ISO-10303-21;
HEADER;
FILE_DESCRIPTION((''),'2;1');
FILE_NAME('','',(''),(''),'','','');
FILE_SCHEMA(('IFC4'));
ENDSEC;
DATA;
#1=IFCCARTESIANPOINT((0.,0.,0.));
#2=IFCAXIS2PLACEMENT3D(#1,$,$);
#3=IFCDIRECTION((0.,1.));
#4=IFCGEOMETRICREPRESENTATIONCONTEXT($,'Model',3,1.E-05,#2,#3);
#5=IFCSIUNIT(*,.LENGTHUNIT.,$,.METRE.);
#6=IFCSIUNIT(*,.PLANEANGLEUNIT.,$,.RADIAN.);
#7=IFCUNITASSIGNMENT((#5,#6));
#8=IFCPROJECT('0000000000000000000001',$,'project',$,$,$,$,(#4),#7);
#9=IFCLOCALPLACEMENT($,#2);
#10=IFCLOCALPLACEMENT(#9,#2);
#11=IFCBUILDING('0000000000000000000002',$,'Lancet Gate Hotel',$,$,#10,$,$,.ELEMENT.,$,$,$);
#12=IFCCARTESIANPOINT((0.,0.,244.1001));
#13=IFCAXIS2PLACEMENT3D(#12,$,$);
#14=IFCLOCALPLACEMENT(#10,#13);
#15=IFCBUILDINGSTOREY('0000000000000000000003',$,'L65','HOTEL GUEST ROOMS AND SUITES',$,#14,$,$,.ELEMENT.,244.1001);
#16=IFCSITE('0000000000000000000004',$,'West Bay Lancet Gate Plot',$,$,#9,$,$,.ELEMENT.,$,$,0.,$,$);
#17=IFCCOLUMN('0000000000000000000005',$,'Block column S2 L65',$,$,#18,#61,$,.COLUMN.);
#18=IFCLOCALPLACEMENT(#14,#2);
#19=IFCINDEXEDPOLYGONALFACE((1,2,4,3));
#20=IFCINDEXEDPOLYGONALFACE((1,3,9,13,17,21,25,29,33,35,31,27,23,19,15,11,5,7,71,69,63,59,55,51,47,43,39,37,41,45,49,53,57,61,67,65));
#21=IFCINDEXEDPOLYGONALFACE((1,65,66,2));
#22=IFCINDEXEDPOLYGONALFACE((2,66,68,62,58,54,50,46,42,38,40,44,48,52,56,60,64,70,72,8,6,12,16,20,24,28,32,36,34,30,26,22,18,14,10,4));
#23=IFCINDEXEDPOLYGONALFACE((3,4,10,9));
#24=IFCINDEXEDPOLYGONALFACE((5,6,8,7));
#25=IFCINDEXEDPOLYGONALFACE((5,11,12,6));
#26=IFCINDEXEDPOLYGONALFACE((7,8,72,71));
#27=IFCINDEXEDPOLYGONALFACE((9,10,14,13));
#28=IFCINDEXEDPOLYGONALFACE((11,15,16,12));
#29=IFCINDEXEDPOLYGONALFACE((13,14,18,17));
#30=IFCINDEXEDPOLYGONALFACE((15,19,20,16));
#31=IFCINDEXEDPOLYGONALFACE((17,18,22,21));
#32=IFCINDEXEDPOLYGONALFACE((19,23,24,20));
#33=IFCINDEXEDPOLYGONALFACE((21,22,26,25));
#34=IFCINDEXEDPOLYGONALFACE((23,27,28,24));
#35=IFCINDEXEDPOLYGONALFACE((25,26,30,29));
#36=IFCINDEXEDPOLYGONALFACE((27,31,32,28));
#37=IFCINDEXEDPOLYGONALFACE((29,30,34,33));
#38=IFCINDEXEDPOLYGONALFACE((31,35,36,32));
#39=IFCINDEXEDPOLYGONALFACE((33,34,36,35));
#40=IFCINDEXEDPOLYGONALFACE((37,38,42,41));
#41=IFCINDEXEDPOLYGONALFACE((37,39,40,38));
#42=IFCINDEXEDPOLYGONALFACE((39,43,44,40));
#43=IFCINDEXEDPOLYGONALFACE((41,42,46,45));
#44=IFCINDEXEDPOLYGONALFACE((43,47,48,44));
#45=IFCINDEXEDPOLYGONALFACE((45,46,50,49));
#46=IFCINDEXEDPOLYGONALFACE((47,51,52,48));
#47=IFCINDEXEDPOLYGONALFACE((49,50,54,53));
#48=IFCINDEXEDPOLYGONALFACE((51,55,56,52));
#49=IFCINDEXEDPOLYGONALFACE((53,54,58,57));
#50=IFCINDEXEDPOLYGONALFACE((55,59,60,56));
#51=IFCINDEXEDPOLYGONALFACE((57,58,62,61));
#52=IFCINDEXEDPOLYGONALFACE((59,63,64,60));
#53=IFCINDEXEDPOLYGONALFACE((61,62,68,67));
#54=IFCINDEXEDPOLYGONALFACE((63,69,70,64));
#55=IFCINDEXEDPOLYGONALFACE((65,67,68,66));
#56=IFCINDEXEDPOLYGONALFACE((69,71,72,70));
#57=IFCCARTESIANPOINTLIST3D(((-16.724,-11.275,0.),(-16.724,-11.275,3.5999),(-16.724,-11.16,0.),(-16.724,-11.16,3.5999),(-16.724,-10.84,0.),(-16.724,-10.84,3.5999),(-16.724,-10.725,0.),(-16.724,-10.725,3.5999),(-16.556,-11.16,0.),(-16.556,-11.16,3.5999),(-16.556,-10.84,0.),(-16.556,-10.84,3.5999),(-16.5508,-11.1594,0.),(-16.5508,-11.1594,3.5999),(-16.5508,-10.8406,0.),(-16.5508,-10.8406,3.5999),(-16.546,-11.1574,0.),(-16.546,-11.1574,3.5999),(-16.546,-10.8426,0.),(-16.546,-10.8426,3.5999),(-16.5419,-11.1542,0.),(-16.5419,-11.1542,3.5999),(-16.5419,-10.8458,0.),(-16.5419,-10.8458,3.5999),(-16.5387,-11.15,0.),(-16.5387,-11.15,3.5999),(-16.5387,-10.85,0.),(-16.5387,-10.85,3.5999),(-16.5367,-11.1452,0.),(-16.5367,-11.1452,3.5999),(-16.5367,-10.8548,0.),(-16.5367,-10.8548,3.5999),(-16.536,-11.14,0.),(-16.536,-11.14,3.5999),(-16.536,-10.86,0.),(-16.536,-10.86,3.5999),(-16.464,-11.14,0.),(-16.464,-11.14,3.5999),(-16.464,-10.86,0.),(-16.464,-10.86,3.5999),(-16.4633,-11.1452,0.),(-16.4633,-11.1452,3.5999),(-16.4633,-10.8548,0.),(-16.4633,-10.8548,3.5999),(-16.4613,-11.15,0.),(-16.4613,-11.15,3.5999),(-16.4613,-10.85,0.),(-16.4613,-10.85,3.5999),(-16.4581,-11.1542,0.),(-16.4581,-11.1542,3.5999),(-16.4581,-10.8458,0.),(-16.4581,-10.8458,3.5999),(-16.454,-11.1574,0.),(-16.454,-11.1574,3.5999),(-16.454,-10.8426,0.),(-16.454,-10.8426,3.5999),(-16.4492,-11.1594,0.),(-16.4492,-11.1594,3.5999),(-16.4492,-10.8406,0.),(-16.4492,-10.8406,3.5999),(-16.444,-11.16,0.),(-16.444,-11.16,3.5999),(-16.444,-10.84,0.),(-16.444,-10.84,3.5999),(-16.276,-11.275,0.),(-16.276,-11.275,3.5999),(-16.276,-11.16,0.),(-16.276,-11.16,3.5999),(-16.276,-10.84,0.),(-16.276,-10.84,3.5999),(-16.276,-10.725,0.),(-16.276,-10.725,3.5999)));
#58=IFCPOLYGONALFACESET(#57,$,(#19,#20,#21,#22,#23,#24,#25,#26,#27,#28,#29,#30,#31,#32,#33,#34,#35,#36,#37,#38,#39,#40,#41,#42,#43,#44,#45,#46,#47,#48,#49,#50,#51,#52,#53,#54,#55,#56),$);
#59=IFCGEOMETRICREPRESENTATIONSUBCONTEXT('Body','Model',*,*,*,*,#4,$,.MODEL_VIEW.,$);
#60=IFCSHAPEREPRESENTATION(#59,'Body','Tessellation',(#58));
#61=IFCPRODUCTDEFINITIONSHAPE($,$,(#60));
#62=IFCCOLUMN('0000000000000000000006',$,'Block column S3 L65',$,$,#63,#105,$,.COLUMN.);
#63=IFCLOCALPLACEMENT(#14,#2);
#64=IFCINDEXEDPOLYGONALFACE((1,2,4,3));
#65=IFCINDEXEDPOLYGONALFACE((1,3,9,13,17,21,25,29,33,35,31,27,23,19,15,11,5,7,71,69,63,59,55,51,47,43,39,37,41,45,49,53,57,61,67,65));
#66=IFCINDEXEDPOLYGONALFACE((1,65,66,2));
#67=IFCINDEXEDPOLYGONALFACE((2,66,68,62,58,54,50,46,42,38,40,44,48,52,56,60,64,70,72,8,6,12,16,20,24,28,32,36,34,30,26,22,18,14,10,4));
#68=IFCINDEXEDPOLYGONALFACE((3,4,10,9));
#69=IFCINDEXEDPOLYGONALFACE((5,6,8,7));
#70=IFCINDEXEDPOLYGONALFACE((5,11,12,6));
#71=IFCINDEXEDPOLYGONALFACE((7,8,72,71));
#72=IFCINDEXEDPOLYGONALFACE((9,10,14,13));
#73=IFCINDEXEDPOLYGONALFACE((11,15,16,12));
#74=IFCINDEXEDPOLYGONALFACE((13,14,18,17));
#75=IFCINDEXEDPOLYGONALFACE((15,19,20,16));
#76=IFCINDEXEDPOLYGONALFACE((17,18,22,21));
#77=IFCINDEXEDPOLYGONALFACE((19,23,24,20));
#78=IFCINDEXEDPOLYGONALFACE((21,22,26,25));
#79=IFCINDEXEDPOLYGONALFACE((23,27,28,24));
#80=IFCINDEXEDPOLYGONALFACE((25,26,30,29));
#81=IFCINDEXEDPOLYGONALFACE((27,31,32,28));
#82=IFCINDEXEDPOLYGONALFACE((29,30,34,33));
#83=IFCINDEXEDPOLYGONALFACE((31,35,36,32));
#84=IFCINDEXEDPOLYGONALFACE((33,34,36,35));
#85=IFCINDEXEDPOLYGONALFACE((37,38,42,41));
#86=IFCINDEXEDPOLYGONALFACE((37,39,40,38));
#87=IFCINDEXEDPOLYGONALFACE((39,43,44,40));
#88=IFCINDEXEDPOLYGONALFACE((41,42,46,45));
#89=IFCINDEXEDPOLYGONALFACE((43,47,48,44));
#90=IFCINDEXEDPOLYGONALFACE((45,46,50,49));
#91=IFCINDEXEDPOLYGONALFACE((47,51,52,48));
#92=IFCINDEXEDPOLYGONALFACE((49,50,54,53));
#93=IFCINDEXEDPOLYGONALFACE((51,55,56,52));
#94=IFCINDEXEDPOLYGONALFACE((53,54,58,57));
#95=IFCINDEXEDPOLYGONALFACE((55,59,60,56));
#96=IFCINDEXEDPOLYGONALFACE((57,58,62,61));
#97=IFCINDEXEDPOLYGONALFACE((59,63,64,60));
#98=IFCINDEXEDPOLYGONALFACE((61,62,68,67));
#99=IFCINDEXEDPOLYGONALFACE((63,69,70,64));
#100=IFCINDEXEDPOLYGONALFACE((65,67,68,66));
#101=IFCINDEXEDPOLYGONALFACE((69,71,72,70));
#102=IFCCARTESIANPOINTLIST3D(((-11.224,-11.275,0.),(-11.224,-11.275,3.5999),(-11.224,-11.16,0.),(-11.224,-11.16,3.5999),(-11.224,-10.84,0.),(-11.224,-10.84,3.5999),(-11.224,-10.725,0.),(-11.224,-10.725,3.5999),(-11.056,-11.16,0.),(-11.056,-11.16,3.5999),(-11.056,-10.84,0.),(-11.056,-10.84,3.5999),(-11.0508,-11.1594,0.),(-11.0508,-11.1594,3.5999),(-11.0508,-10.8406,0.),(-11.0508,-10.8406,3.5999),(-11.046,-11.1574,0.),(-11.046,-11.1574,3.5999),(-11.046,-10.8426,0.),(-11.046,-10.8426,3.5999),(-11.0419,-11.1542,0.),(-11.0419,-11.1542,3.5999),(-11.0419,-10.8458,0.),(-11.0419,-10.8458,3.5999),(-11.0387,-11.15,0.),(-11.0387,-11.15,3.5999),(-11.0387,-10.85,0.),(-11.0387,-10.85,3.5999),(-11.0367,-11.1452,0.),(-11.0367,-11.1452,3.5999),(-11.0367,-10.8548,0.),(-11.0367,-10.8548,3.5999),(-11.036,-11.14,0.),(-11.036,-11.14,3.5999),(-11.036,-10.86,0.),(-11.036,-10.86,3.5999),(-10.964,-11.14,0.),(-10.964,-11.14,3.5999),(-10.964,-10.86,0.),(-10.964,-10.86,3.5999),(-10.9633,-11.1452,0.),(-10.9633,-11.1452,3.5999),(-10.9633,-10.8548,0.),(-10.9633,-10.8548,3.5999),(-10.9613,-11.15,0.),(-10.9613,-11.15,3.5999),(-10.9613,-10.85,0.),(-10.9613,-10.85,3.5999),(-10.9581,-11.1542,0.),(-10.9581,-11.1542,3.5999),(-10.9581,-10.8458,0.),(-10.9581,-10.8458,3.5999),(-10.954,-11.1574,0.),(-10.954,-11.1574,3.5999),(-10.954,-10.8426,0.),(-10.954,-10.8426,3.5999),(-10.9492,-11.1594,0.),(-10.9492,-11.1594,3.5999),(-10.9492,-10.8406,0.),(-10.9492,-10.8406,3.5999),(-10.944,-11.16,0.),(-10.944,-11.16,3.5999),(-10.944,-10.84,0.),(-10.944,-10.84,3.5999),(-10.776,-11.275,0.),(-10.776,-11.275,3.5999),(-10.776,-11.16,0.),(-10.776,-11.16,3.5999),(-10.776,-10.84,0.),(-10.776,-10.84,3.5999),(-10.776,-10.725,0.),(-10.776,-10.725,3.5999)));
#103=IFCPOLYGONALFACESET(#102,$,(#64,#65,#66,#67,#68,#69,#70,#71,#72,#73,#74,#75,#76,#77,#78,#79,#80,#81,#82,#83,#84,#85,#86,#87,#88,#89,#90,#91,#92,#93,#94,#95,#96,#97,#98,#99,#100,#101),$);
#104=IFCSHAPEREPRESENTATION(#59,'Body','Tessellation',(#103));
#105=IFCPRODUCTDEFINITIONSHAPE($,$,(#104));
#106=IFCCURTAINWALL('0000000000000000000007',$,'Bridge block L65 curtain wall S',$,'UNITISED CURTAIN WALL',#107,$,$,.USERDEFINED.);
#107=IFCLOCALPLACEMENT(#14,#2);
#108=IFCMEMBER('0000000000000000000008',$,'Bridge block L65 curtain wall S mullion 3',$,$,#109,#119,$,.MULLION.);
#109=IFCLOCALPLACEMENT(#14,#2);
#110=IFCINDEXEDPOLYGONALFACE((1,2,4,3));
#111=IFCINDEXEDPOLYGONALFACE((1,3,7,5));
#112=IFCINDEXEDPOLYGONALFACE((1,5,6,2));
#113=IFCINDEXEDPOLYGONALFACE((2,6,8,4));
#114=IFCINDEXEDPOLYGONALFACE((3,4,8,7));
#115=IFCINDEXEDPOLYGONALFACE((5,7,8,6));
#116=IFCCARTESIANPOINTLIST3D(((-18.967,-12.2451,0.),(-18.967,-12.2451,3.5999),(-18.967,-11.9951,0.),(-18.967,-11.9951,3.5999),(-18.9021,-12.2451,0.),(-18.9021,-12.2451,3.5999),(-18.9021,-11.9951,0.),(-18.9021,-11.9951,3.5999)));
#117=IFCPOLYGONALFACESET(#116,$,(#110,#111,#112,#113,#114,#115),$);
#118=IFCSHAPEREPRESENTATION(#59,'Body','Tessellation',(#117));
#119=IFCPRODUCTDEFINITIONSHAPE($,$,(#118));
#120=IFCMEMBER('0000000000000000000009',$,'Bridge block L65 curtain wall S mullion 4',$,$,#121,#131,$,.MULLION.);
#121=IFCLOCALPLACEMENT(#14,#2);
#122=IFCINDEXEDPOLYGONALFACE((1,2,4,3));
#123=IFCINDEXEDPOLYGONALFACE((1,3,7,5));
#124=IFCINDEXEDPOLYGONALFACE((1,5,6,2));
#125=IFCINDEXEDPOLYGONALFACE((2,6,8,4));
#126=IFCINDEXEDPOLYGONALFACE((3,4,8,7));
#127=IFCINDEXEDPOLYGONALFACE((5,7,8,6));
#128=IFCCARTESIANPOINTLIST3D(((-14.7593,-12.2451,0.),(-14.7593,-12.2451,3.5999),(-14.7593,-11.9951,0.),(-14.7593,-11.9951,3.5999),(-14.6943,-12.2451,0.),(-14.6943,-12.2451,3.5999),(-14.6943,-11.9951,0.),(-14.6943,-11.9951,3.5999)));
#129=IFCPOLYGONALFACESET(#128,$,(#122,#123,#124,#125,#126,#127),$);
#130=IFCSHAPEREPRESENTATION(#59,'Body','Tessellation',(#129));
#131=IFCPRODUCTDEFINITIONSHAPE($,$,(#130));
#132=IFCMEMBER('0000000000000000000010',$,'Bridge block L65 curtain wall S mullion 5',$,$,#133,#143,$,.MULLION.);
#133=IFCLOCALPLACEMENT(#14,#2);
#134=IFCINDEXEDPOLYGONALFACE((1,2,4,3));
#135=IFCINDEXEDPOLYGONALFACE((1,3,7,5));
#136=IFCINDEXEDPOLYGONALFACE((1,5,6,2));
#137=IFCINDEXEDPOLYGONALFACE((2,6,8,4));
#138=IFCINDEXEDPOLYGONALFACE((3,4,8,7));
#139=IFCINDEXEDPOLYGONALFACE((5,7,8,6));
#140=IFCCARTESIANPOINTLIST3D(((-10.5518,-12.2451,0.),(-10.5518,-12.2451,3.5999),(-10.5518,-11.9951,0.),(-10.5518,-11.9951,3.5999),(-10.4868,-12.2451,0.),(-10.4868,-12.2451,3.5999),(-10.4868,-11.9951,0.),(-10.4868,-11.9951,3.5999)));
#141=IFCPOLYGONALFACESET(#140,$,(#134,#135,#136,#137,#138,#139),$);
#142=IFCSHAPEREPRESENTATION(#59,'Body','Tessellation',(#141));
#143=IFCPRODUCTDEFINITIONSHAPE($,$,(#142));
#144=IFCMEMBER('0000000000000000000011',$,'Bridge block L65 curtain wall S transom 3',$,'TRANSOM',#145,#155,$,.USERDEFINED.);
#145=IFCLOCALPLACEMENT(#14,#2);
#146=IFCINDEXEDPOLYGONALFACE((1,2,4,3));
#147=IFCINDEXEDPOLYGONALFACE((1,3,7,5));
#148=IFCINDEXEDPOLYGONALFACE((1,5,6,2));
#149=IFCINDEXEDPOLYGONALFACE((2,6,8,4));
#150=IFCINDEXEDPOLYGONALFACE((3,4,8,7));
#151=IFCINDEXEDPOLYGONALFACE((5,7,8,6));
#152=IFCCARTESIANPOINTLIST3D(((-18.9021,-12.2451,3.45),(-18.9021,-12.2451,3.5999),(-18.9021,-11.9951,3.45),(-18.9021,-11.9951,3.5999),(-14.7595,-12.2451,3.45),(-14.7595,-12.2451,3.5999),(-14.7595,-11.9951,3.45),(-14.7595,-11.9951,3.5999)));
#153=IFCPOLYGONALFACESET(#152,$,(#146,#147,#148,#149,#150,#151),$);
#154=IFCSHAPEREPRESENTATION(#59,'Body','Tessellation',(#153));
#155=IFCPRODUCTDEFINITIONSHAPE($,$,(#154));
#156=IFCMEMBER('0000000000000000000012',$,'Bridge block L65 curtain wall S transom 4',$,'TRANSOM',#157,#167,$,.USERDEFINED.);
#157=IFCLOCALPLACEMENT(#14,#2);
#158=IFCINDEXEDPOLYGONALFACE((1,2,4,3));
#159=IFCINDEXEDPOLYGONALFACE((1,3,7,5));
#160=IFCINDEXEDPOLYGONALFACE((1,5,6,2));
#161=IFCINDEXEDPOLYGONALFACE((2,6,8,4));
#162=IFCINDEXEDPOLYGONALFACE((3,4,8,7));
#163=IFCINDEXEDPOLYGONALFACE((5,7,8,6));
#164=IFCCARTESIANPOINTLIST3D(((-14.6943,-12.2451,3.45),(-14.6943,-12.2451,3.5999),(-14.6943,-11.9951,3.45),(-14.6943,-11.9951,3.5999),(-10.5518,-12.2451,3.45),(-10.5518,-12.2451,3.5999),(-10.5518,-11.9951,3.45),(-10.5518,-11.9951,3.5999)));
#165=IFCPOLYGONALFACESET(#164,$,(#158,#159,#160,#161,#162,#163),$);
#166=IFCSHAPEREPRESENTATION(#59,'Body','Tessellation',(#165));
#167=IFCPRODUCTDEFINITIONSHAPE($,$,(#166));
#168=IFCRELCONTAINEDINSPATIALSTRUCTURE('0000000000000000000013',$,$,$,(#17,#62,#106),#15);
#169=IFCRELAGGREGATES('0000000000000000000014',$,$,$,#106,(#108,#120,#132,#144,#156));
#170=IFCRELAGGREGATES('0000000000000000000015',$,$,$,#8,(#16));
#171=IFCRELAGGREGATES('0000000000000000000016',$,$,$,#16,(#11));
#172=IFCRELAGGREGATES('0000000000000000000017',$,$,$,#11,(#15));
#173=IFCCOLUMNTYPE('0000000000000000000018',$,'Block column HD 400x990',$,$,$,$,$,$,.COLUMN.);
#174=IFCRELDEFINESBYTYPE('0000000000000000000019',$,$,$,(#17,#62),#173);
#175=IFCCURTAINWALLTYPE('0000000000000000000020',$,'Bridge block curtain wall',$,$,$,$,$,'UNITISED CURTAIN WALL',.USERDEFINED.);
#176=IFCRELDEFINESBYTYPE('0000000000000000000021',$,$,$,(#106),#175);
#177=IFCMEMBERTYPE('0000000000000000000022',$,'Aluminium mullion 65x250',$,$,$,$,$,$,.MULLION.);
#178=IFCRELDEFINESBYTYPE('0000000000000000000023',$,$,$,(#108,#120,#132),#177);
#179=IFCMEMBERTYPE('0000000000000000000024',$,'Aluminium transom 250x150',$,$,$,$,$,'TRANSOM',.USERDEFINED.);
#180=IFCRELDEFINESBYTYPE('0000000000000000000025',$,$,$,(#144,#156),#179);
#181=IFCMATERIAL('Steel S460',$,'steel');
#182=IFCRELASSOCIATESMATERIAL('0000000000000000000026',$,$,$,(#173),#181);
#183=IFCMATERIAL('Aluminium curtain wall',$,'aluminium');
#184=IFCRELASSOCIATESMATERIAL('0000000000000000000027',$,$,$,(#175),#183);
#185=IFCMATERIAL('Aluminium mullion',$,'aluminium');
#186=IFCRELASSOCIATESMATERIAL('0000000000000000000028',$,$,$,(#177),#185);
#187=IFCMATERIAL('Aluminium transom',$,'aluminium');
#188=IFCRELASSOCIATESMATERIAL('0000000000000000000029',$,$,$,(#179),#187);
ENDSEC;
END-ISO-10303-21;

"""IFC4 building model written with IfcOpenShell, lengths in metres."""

from ifc_helpers import new_model, si_unit, direction, frame, origin, origin_2d, place, context, subcontext, project, spatial, rectangle, i_section, extrude, material, material_profile, profile_set, type_object, element, aggregate, save


model = new_model("IFC4")

# Units and contexts
model_context = context("Model", 3, precision=1e-05, world=origin(), true_north=direction((0.0, 1.0)))
body_context = subcontext(model_context, "Body", "Model", "MODEL_VIEW")
ifc_project = project(units=[si_unit("LENGTHUNIT", "METRE"), si_unit("PLANEANGLEUNIT", "RADIAN")], contexts=[model_context])

# Site, building, storey
site_placement = place(None, origin())
site = spatial("IfcSite", under=ifc_project, at=site_placement, Name="West Bay Lancet Gate Plot", CompositionType="ELEMENT", RefElevation=0.0)
building_placement = place(site_placement, origin())
building = spatial("IfcBuilding", under=site, at=building_placement, Name="Lancet Gate Hotel", CompositionType="ELEMENT")
storey_placement = place(building_placement, frame((0.0, 0.0, 244.1001)))
storey = spatial("IfcBuildingStorey", under=building, at=storey_placement, Name="L65", Description="HOTEL GUEST ROOMS AND SUITES", CompositionType="ELEMENT", Elevation=244.1001)

# Columns
ifc_material_1 = material(Name="Steel S460", Category="steel")
ifc_material_profile_1 = material_profile(ifc_material_1, i_section(OverallWidth=0.448, OverallDepth=0.55, WebThickness=0.072, FlangeThickness=0.115, FilletRadius=0.02, at=origin_2d()), Name="HD 400x990")
ifc_profile_set_1 = profile_set([ifc_material_profile_1], Name="Steel S460")
column_type = type_object("IfcColumnType", Name="Block column HD 400x990", PredefinedType="COLUMN", material=ifc_profile_set_1)
for number, where, z_axis, x_axis, name in (
    (1, (-16.5, -11.0, 0.0), (0.0, 0.0, 1.0), (1.0, 0.0, 0.0), "Block column S2 L65"),
    (2, (-11.0, -11.0, 0.0), (0.0, 0.0, 1.0), (1.0, 0.0, 0.0), "Block column S3 L65"),
):
    element("IfcColumn", number, at=place(storey_placement, frame(where, z_axis=z_axis, x_axis=x_axis)), inside=storey, type_object=column_type, Name=name, PredefinedType="COLUMN", context=body_context, shape_type="SweptSolid", body=[
        extrude(i_section(OverallWidth=0.448, OverallDepth=0.55, WebThickness=0.072, FlangeThickness=0.115, FilletRadius=0.02, at=origin_2d()), origin(), (0.0, 0.0, 1.0), 3.5999),
    ])

# Curtain wall, members
ifc_material_2 = material(Name="Aluminium curtain wall", Category="aluminium")
curtain_wall_type = type_object("IfcCurtainWallType", Name="Bridge block curtain wall", ElementType="UNITISED CURTAIN WALL", PredefinedType="USERDEFINED", material=ifc_material_2)
curtain_wall_placement = place(storey_placement, origin())
curtain_wall = element("IfcCurtainWall", 3, at=curtain_wall_placement, inside=storey, type_object=curtain_wall_type, Name="Bridge block L65 curtain wall S", ObjectType="UNITISED CURTAIN WALL", PredefinedType="USERDEFINED")
ifc_material_3 = material(Name="Aluminium mullion", Category="aluminium")
ifc_material_profile_2 = material_profile(ifc_material_3, rectangle(XDim=0.0649, YDim=0.25, at=origin_2d()), Name="MULLION 65x250")
ifc_profile_set_2 = profile_set([ifc_material_profile_2], Name="Aluminium mullion")
member_type_1 = type_object("IfcMemberType", Name="Aluminium mullion 65x250", PredefinedType="MULLION", material=ifc_profile_set_2)
member_1_placement = place(storey_placement, frame((-18.9346, -12.1201, 0.0), z_axis=(0.0, 0.0, 1.0), x_axis=(1.0, 0.0, 0.0)))
member_1 = element("IfcMember", 4, at=member_1_placement, type_object=member_type_1, Name="Bridge block L65 curtain wall S mullion 3", PredefinedType="MULLION", context=body_context, shape_type="SweptSolid", body=[
    extrude(rectangle(XDim=0.0649, YDim=0.25, at=origin_2d()), origin(), (0.0, 0.0, 1.0), 3.5999),
])
member_2_placement = place(storey_placement, frame((-14.7268, -12.1201, 0.0), z_axis=(0.0, 0.0, 1.0), x_axis=(1.0, 0.0, 0.0)))
member_2 = element("IfcMember", 5, at=member_2_placement, type_object=member_type_1, Name="Bridge block L65 curtain wall S mullion 4", PredefinedType="MULLION", context=body_context, shape_type="SweptSolid", body=[
    extrude(rectangle(XDim=0.0649, YDim=0.25, at=origin_2d()), origin(), (0.0, 0.0, 1.0), 3.5999),
])
member_3_placement = place(storey_placement, frame((-10.5193, -12.1201, 0.0), z_axis=(0.0, 0.0, 1.0), x_axis=(1.0, 0.0, 0.0)))
member_3 = element("IfcMember", 6, at=member_3_placement, type_object=member_type_1, Name="Bridge block L65 curtain wall S mullion 5", PredefinedType="MULLION", context=body_context, shape_type="SweptSolid", body=[
    extrude(rectangle(XDim=0.0649, YDim=0.25, at=origin_2d()), origin(), (0.0, 0.0, 1.0), 3.5999),
])
ifc_material_4 = material(Name="Aluminium transom", Category="aluminium")
ifc_material_profile_3 = material_profile(ifc_material_4, rectangle(XDim=0.25, YDim=0.1499, at=origin_2d()), Name="TRANSOM 250x150")
ifc_profile_set_3 = profile_set([ifc_material_profile_3], Name="Aluminium transom")
member_type_2 = type_object("IfcMemberType", Name="Aluminium transom 250x150", ElementType="TRANSOM", PredefinedType="USERDEFINED", material=ifc_profile_set_3)
member_4_placement = place(storey_placement, frame((-18.9021, -12.1201, 3.5249), z_axis=(1.0, 0.0, 0.0), x_axis=(0.0, 1.0, 0.0)))
member_4 = element("IfcMember", 7, at=member_4_placement, type_object=member_type_2, Name="Bridge block L65 curtain wall S transom 3", ObjectType="TRANSOM", PredefinedType="USERDEFINED", context=body_context, shape_type="SweptSolid", body=[
    extrude(rectangle(XDim=0.25, YDim=0.1499, at=origin_2d()), origin(), (0.0, 0.0, 1.0), 4.1426),
])
member_5_placement = place(storey_placement, frame((-14.6943, -12.1201, 3.5249), z_axis=(1.0, 0.0, 0.0), x_axis=(0.0, 1.0, 0.0)))
member_5 = element("IfcMember", 8, at=member_5_placement, type_object=member_type_2, Name="Bridge block L65 curtain wall S transom 4", ObjectType="TRANSOM", PredefinedType="USERDEFINED", context=body_context, shape_type="SweptSolid", body=[
    extrude(rectangle(XDim=0.25, YDim=0.1499, at=origin_2d()), origin(), (0.0, 0.0, 1.0), 4.1426),
])

aggregate(curtain_wall, [member_1, member_2, member_3, member_4, member_5])

save(model, "model.ifc")
